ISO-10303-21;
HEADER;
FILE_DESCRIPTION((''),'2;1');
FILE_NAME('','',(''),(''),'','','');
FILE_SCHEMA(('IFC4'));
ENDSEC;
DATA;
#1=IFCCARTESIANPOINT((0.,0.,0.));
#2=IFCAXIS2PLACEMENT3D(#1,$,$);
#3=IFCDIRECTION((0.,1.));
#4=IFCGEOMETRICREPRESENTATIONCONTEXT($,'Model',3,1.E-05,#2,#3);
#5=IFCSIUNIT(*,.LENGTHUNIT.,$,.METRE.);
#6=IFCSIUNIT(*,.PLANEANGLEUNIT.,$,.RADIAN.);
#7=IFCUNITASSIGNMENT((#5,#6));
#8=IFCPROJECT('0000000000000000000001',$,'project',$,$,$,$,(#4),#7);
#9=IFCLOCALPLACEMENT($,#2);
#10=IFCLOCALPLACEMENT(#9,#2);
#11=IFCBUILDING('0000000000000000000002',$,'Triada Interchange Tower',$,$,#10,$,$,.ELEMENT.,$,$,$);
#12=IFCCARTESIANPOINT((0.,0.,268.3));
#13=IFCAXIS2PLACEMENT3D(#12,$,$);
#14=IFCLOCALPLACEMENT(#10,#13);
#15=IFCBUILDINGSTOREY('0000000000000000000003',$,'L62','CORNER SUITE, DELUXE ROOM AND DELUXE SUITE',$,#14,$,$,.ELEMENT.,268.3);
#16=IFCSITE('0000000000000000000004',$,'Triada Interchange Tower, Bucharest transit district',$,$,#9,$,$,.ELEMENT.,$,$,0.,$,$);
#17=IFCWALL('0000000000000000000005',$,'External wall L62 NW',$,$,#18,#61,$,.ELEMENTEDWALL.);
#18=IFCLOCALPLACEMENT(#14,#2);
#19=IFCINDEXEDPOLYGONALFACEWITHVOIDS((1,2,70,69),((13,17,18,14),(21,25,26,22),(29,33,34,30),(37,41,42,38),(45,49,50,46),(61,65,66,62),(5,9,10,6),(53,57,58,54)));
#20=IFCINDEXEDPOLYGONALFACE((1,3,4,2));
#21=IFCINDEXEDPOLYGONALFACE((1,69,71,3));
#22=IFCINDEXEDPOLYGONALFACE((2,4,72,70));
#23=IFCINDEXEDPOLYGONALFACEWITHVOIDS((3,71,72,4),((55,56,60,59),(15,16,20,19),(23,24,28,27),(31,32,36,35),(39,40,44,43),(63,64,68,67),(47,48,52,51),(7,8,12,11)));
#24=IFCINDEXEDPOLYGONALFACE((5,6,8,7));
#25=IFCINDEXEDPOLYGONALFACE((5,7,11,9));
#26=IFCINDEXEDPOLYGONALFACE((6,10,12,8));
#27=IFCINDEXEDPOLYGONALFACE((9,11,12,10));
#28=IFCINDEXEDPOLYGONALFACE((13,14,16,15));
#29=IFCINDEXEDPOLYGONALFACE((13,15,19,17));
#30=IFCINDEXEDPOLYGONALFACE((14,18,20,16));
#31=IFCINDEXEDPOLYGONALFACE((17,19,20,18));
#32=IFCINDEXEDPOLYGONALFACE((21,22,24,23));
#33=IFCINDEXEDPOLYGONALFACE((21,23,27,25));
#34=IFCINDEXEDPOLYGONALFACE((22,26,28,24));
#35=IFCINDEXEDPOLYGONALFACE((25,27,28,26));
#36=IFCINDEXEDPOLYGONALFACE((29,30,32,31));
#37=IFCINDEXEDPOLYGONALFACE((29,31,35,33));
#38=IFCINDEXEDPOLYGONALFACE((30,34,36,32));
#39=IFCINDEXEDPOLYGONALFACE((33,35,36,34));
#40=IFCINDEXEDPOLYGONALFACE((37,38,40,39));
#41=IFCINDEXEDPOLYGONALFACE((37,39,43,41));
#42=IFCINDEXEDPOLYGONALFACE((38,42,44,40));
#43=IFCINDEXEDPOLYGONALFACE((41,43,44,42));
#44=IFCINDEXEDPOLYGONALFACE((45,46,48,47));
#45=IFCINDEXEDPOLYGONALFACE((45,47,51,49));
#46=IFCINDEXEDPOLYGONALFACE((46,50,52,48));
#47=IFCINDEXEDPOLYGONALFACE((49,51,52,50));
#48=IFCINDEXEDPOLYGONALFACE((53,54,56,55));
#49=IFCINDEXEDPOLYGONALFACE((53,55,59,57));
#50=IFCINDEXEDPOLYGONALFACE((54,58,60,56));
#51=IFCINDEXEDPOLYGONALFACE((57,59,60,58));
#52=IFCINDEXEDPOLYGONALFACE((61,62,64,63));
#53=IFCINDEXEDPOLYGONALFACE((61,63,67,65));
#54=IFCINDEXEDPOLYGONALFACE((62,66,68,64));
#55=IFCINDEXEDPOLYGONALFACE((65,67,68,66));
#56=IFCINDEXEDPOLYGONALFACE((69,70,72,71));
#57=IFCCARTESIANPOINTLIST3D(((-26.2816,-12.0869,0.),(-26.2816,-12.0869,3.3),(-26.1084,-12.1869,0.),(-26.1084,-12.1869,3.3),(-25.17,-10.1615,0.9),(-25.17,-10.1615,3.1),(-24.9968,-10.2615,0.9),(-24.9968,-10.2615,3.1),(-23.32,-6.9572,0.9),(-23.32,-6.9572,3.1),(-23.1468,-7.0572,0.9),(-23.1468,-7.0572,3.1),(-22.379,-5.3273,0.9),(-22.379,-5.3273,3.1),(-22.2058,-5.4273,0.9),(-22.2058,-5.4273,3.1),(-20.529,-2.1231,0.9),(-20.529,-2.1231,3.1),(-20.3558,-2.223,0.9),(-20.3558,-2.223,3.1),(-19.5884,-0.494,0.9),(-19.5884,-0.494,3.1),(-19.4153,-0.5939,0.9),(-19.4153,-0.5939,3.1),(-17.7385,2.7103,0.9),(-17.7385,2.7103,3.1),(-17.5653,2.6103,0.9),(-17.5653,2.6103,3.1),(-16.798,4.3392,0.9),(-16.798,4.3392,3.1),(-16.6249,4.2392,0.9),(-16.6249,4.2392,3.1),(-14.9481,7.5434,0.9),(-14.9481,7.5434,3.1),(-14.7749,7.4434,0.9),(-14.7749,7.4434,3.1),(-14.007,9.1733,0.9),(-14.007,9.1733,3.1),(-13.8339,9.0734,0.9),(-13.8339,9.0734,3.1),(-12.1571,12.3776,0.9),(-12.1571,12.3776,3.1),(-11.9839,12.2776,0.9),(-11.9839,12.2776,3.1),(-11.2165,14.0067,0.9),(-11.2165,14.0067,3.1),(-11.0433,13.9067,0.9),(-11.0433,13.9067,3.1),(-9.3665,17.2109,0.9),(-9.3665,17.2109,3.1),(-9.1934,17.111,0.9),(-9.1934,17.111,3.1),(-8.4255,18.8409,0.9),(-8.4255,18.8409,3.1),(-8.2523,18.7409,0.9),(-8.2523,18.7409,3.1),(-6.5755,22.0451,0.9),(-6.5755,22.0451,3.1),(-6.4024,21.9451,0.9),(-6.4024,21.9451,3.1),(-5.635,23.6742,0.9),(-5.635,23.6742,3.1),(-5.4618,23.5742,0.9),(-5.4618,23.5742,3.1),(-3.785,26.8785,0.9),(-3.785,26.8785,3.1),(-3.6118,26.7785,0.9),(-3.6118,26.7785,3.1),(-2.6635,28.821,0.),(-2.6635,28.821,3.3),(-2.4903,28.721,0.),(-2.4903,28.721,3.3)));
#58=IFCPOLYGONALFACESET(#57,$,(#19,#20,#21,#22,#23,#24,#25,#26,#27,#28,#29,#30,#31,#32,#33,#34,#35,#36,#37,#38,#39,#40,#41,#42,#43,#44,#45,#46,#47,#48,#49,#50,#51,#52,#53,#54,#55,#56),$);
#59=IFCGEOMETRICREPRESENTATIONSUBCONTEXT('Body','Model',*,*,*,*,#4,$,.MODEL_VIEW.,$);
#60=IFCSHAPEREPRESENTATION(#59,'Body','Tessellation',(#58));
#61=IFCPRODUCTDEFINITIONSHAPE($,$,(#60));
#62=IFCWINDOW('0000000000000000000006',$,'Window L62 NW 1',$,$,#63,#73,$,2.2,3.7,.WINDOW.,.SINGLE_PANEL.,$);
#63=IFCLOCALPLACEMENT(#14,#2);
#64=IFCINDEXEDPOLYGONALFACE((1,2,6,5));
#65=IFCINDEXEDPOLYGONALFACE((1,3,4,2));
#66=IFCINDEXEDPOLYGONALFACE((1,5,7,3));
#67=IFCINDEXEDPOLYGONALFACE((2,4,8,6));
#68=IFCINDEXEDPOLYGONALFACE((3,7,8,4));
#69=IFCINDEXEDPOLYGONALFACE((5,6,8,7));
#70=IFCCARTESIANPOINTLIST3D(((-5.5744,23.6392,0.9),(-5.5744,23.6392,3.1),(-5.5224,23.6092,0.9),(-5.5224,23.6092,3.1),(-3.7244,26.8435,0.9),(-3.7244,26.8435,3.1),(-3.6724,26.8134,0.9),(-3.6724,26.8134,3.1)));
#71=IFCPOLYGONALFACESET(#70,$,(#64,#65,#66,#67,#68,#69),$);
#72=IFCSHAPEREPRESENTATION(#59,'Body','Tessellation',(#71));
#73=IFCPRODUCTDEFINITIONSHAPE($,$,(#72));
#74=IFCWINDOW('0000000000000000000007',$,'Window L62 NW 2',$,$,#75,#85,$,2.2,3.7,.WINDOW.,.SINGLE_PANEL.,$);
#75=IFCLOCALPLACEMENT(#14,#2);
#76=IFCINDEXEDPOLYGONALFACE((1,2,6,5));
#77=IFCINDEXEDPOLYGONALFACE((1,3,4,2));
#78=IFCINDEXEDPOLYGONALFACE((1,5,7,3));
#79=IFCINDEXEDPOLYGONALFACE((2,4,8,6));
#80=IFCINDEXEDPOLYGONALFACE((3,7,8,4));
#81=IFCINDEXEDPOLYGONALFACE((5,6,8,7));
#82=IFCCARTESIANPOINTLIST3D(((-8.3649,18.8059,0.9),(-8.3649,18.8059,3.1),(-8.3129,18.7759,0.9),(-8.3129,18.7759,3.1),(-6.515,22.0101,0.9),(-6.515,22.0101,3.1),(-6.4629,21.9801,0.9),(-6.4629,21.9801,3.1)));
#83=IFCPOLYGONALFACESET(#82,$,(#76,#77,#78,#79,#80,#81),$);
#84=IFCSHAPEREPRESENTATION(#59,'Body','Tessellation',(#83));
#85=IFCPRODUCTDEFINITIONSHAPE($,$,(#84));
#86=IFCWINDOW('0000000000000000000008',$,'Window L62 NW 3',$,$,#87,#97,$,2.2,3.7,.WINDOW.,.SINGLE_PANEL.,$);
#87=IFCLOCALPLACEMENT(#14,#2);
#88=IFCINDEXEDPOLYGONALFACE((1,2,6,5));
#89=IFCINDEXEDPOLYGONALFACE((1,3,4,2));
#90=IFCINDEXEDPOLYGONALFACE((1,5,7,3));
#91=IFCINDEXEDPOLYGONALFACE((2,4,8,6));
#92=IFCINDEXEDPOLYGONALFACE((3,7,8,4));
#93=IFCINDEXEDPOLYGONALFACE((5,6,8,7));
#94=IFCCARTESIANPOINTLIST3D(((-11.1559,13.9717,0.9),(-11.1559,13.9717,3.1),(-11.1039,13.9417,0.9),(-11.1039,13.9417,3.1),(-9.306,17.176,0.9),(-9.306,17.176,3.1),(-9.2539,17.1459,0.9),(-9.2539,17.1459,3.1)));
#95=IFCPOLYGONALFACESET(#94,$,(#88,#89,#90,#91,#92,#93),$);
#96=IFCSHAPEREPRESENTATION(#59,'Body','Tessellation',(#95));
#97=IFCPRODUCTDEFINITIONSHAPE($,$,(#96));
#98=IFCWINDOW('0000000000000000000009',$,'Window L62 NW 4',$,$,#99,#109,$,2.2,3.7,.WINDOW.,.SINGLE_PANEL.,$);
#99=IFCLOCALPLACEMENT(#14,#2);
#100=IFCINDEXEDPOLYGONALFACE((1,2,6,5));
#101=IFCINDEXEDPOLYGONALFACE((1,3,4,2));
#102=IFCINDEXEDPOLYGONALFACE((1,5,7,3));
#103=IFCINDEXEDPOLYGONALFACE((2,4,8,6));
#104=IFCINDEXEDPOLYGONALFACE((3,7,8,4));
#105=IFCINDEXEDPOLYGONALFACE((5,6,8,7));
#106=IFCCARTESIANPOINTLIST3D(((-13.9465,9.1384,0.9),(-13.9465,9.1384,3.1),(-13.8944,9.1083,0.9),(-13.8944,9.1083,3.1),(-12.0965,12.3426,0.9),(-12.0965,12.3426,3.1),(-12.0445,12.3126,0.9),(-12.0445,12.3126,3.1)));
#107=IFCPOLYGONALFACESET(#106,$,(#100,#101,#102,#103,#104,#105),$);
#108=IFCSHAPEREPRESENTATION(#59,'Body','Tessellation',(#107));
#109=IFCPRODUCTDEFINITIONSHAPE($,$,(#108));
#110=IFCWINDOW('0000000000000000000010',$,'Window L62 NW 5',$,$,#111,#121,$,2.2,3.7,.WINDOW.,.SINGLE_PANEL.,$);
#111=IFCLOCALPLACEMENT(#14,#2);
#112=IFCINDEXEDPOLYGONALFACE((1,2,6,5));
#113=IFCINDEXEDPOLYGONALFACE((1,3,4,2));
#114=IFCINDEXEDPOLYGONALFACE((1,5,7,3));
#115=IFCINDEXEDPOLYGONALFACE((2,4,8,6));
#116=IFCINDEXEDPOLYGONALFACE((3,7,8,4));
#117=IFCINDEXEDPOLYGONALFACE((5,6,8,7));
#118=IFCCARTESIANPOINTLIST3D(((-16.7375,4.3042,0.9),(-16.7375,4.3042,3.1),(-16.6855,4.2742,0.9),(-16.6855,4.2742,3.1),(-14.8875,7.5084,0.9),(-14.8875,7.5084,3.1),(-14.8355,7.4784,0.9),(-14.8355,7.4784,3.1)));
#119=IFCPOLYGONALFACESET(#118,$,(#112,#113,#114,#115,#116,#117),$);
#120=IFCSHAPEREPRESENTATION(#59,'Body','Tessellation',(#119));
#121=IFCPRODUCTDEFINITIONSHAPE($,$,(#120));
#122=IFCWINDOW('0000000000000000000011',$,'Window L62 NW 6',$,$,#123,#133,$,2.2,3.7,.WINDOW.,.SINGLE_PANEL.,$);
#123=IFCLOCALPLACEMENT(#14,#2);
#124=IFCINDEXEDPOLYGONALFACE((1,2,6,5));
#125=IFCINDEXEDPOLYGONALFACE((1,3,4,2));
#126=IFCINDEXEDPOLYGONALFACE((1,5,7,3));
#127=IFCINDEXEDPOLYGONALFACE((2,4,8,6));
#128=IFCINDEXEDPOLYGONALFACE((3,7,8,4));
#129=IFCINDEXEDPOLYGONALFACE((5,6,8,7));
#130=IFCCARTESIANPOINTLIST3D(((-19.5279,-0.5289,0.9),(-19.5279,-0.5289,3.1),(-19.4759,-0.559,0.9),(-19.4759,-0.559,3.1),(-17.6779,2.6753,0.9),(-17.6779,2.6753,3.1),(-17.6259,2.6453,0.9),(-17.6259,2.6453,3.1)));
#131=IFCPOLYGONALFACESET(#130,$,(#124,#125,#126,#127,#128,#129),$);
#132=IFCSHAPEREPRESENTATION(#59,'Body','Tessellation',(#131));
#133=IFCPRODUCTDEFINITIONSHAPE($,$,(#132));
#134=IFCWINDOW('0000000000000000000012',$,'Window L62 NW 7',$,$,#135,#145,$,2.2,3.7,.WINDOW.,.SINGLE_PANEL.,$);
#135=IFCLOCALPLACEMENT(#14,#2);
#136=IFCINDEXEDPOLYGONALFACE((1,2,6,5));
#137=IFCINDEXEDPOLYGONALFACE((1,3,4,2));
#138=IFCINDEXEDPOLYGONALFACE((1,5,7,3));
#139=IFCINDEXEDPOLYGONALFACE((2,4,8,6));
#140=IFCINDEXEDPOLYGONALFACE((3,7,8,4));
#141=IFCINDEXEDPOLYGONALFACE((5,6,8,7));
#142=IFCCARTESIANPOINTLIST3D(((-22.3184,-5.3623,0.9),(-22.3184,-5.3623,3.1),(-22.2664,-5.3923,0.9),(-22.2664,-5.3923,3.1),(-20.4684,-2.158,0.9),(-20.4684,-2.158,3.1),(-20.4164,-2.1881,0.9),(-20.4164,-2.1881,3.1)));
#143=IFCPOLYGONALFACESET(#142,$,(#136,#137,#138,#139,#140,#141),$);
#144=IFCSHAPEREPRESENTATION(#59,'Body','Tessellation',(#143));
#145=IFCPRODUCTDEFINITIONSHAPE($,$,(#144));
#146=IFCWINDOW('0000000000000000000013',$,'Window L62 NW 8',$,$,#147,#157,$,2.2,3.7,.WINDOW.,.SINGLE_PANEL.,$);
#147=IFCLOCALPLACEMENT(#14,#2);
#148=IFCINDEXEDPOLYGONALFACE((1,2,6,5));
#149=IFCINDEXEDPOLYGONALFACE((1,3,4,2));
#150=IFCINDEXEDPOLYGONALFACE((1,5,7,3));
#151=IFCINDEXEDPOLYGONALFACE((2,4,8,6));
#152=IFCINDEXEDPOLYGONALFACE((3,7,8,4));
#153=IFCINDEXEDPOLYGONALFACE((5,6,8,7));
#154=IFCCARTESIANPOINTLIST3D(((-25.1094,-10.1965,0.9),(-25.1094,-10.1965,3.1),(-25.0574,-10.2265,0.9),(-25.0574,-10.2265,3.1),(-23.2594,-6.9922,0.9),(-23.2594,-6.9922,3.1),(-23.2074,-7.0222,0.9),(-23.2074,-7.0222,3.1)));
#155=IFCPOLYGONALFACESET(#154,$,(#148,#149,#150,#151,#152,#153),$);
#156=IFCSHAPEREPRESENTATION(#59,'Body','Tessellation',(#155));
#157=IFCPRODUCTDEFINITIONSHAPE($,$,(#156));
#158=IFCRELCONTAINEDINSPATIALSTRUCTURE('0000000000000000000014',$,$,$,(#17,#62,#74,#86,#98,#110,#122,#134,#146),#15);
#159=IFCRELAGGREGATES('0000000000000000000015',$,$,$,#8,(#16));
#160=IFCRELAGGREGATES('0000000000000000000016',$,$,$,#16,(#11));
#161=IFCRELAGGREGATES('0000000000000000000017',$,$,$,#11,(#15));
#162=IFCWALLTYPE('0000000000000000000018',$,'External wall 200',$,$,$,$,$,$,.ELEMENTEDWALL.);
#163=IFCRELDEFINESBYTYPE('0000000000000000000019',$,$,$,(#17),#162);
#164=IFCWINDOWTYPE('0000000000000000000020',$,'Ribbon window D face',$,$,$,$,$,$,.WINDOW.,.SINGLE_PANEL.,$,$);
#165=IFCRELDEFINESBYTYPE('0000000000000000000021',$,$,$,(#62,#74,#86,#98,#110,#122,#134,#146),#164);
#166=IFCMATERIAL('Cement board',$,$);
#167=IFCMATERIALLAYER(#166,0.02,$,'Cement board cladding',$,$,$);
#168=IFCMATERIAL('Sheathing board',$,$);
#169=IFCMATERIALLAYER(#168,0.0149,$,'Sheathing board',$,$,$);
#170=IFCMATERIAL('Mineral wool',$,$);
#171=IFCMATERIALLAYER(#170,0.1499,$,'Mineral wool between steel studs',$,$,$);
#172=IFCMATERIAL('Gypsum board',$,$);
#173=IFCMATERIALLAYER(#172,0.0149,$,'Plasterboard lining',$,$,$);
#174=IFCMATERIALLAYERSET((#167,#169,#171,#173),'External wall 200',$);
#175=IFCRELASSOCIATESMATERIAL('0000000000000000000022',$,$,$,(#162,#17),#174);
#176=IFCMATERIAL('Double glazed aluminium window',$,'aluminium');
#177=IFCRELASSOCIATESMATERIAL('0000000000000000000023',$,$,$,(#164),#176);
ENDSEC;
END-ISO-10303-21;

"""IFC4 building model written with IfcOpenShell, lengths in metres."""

from ifc_helpers import new_model, si_unit, direction, frame, frame_2d, origin, place, context, subcontext, project, spatial, rectangle, extrude, material, layer, layer_set, layer_usage, type_object, element, fill, save


model = new_model("IFC4")

# Units and contexts
model_context = context("Model", 3, precision=1e-05, world=origin(), true_north=direction((0.0, 1.0)))
body_context = subcontext(model_context, "Body", "Model", "MODEL_VIEW")
ifc_project = project(units=[si_unit("LENGTHUNIT", "METRE"), si_unit("PLANEANGLEUNIT", "RADIAN")], contexts=[model_context])

# Site, building, storey
site_placement = place(None, origin())
site = spatial("IfcSite", under=ifc_project, at=site_placement, Name="Triada Interchange Tower, Bucharest transit district", CompositionType="ELEMENT", RefElevation=0.0)
building_placement = place(site_placement, origin())
building = spatial("IfcBuilding", under=site, at=building_placement, Name="Triada Interchange Tower", CompositionType="ELEMENT")
storey_placement = place(building_placement, frame((0.0, 0.0, 268.3)))
storey = spatial("IfcBuildingStorey", under=building, at=storey_placement, Name="L62", Description="CORNER SUITE, DELUXE ROOM AND DELUXE SUITE", CompositionType="ELEMENT", Elevation=268.3)

# Wall, openings, windows
ifc_material_1 = material(Name="Cement board")
ifc_layer_1 = layer(ifc_material_1, 0.02, Name="Cement board cladding")
ifc_material_2 = material(Name="Sheathing board")
ifc_layer_2 = layer(ifc_material_2, 0.0149, Name="Sheathing board")
ifc_material_3 = material(Name="Mineral wool")
ifc_layer_3 = layer(ifc_material_3, 0.1499, Name="Mineral wool between steel studs")
ifc_material_4 = material(Name="Gypsum board")
ifc_layer_4 = layer(ifc_material_4, 0.0149, Name="Plasterboard lining")
ifc_layer_set_1 = layer_set([ifc_layer_1, ifc_layer_2, ifc_layer_3, ifc_layer_4], Name="External wall 200")
ifc_layer_usage = layer_usage(ifc_layer_set_1, "AXIS2", "POSITIVE", -0.1001)
wall_type_1 = type_object("IfcWallType", Name="External wall 200", PredefinedType="ELEMENTEDWALL", material=ifc_layer_set_1)
wall_1_placement = place(storey_placement, frame((-2.5769, 28.771, 0.0), z_axis=(0.0, 0.0, 1.0), x_axis=(-0.499999, -0.866026, 0.0)))
wall_1 = element("IfcWall", 1, at=wall_1_placement, inside=storey, type_object=wall_type_1, material=ifc_layer_usage, Name="External wall L62 NW", PredefinedType="ELEMENTEDWALL", context=body_context, shape_type="SweptSolid", body=[
    extrude(rectangle(XDim=47.2363, YDim=0.2, at=frame_2d((23.6182, 0.0))), origin(), (0.0, 0.0, 1.0), 3.3),
])
opening_1_placement = place(wall_1_placement, frame((2.2429, 0.0, 0.8999)))
opening_1 = element("IfcOpeningElement", 2, at=opening_1_placement, cuts=wall_1, PredefinedType="OPENING", context=body_context, shape_type="SweptSolid", body=[
    extrude(rectangle(XDim=3.7, YDim=2.2, at=frame_2d((1.8501, 1.1001))), frame((0.0, 0.1099, 0.0), z_axis=(0.0, -1.0, 0.0), x_axis=(1.0, 0.0, 0.0)), (0.0, 0.0, 1.0), 0.22),
])
opening_2_placement = place(wall_1_placement, frame((7.824, 0.0, 0.8999)))
opening_2 = element("IfcOpeningElement", 3, at=opening_2_placement, cuts=wall_1, PredefinedType="OPENING", context=body_context, shape_type="SweptSolid", body=[
    extrude(rectangle(XDim=3.7, YDim=2.2, at=frame_2d((1.8501, 1.1001))), frame((0.0, 0.1099, 0.0), z_axis=(0.0, -1.0, 0.0), x_axis=(1.0, 0.0, 0.0)), (0.0, 0.0, 1.0), 0.22),
])
opening_3_placement = place(wall_1_placement, frame((13.406, 0.0, 0.8999)))
opening_3 = element("IfcOpeningElement", 4, at=opening_3_placement, cuts=wall_1, PredefinedType="OPENING", context=body_context, shape_type="SweptSolid", body=[
    extrude(rectangle(XDim=3.7, YDim=2.2, at=frame_2d((1.8501, 1.1001))), frame((0.0, 0.1099, 0.0), z_axis=(0.0, -1.0, 0.0), x_axis=(1.0, 0.0, 0.0)), (0.0, 0.0, 1.0), 0.22),
])
opening_4_placement = place(wall_1_placement, frame((18.9871, 0.0, 0.8999)))
opening_4 = element("IfcOpeningElement", 5, at=opening_4_placement, cuts=wall_1, PredefinedType="OPENING", context=body_context, shape_type="SweptSolid", body=[
    extrude(rectangle(XDim=3.7, YDim=2.2, at=frame_2d((1.8501, 1.1001))), frame((0.0, 0.1099, 0.0), z_axis=(0.0, -1.0, 0.0), x_axis=(1.0, 0.0, 0.0)), (0.0, 0.0, 1.0), 0.22),
])
opening_5_placement = place(wall_1_placement, frame((24.5691, 0.0, 0.8999)))
opening_5 = element("IfcOpeningElement", 6, at=opening_5_placement, cuts=wall_1, PredefinedType="OPENING", context=body_context, shape_type="SweptSolid", body=[
    extrude(rectangle(XDim=3.7, YDim=2.2, at=frame_2d((1.8501, 1.1001))), frame((0.0, 0.1099, 0.0), z_axis=(0.0, -1.0, 0.0), x_axis=(1.0, 0.0, 0.0)), (0.0, 0.0, 1.0), 0.22),
])
opening_6_placement = place(wall_1_placement, frame((30.1499, 0.0, 0.8999)))
opening_6 = element("IfcOpeningElement", 7, at=opening_6_placement, cuts=wall_1, PredefinedType="OPENING", context=body_context, shape_type="SweptSolid", body=[
    extrude(rectangle(XDim=3.7, YDim=2.2, at=frame_2d((1.8501, 1.1001))), frame((0.0, 0.1099, 0.0), z_axis=(0.0, -1.0, 0.0), x_axis=(1.0, 0.0, 0.0)), (0.0, 0.0, 1.0), 0.22),
])
opening_7_placement = place(wall_1_placement, frame((35.731, 0.0, 0.8999)))
opening_7 = element("IfcOpeningElement", 8, at=opening_7_placement, cuts=wall_1, PredefinedType="OPENING", context=body_context, shape_type="SweptSolid", body=[
    extrude(rectangle(XDim=3.7, YDim=2.2, at=frame_2d((1.8501, 1.1001))), frame((0.0, 0.1099, 0.0), z_axis=(0.0, -1.0, 0.0), x_axis=(1.0, 0.0, 0.0)), (0.0, 0.0, 1.0), 0.22),
])
opening_8_placement = place(wall_1_placement, frame((41.313, 0.0, 0.8999)))
opening_8 = element("IfcOpeningElement", 9, at=opening_8_placement, cuts=wall_1, PredefinedType="OPENING", context=body_context, shape_type="SweptSolid", body=[
    extrude(rectangle(XDim=3.7, YDim=2.2, at=frame_2d((1.8501, 1.1001))), frame((0.0, 0.1099, 0.0), z_axis=(0.0, -1.0, 0.0), x_axis=(1.0, 0.0, 0.0)), (0.0, 0.0, 1.0), 0.22),
])
ifc_material_5 = material(Name="Double glazed aluminium window", Category="aluminium")
window_type = type_object("IfcWindowType", Name="Ribbon window D face", PartitioningType="SINGLE_PANEL", PredefinedType="WINDOW", material=ifc_material_5)
window_1_placement = place(opening_1_placement, origin())
window_1 = element("IfcWindow", 10, at=window_1_placement, inside=storey, type_object=window_type, Name="Window L62 NW 1", OverallHeight=2.2, OverallWidth=3.7, PartitioningType="SINGLE_PANEL", PredefinedType="WINDOW", context=body_context, shape_type="SweptSolid", body=[
    extrude(rectangle(XDim=3.7, YDim=2.2, at=frame_2d((1.8501, 1.1001))), frame((0.0, 0.03, 0.0), z_axis=(0.0, -1.0, 0.0), x_axis=(1.0, 0.0, 0.0)), (0.0, 0.0, 1.0), 0.0601),
])
fill(opening_1, window_1)
window_2_placement = place(opening_2_placement, origin())
window_2 = element("IfcWindow", 11, at=window_2_placement, inside=storey, type_object=window_type, Name="Window L62 NW 2", OverallHeight=2.2, OverallWidth=3.7, PartitioningType="SINGLE_PANEL", PredefinedType="WINDOW", context=body_context, shape_type="SweptSolid", body=[
    extrude(rectangle(XDim=3.7, YDim=2.2, at=frame_2d((1.8501, 1.1001))), frame((0.0, 0.03, 0.0), z_axis=(0.0, -1.0, 0.0), x_axis=(1.0, 0.0, 0.0)), (0.0, 0.0, 1.0), 0.0601),
])
fill(opening_2, window_2)
window_3_placement = place(opening_3_placement, origin())
window_3 = element("IfcWindow", 12, at=window_3_placement, inside=storey, type_object=window_type, Name="Window L62 NW 3", OverallHeight=2.2, OverallWidth=3.7, PartitioningType="SINGLE_PANEL", PredefinedType="WINDOW", context=body_context, shape_type="SweptSolid", body=[
    extrude(rectangle(XDim=3.7, YDim=2.2, at=frame_2d((1.8501, 1.1001))), frame((0.0, 0.03, 0.0), z_axis=(0.0, -1.0, 0.0), x_axis=(1.0, 0.0, 0.0)), (0.0, 0.0, 1.0), 0.0601),
])
fill(opening_3, window_3)
window_4_placement = place(opening_4_placement, origin())
window_4 = element("IfcWindow", 13, at=window_4_placement, inside=storey, type_object=window_type, Name="Window L62 NW 4", OverallHeight=2.2, OverallWidth=3.7, PartitioningType="SINGLE_PANEL", PredefinedType="WINDOW", context=body_context, shape_type="SweptSolid", body=[
    extrude(rectangle(XDim=3.7, YDim=2.2, at=frame_2d((1.8501, 1.1001))), frame((0.0, 0.03, 0.0), z_axis=(0.0, -1.0, 0.0), x_axis=(1.0, 0.0, 0.0)), (0.0, 0.0, 1.0), 0.0601),
])
fill(opening_4, window_4)
window_5_placement = place(opening_5_placement, origin())
window_5 = element("IfcWindow", 14, at=window_5_placement, inside=storey, type_object=window_type, Name="Window L62 NW 5", OverallHeight=2.2, OverallWidth=3.7, PartitioningType="SINGLE_PANEL", PredefinedType="WINDOW", context=body_context, shape_type="SweptSolid", body=[
    extrude(rectangle(XDim=3.7, YDim=2.2, at=frame_2d((1.8501, 1.1001))), frame((0.0, 0.03, 0.0), z_axis=(0.0, -1.0, 0.0), x_axis=(1.0, 0.0, 0.0)), (0.0, 0.0, 1.0), 0.0601),
])
fill(opening_5, window_5)
window_6_placement = place(opening_6_placement, origin())
window_6 = element("IfcWindow", 15, at=window_6_placement, inside=storey, type_object=window_type, Name="Window L62 NW 6", OverallHeight=2.2, OverallWidth=3.7, PartitioningType="SINGLE_PANEL", PredefinedType="WINDOW", context=body_context, shape_type="SweptSolid", body=[
    extrude(rectangle(XDim=3.7, YDim=2.2, at=frame_2d((1.8501, 1.1001))), frame((0.0, 0.03, 0.0), z_axis=(0.0, -1.0, 0.0), x_axis=(1.0, 0.0, 0.0)), (0.0, 0.0, 1.0), 0.0601),
])
fill(opening_6, window_6)
window_7_placement = place(opening_7_placement, origin())
window_7 = element("IfcWindow", 16, at=window_7_placement, inside=storey, type_object=window_type, Name="Window L62 NW 7", OverallHeight=2.2, OverallWidth=3.7, PartitioningType="SINGLE_PANEL", PredefinedType="WINDOW", context=body_context, shape_type="SweptSolid", body=[
    extrude(rectangle(XDim=3.7, YDim=2.2, at=frame_2d((1.8501, 1.1001))), frame((0.0, 0.03, 0.0), z_axis=(0.0, -1.0, 0.0), x_axis=(1.0, 0.0, 0.0)), (0.0, 0.0, 1.0), 0.0601),
])
fill(opening_7, window_7)
window_8_placement = place(opening_8_placement, origin())
window_8 = element("IfcWindow", 17, at=window_8_placement, inside=storey, type_object=window_type, Name="Window L62 NW 8", OverallHeight=2.2, OverallWidth=3.7, PartitioningType="SINGLE_PANEL", PredefinedType="WINDOW", context=body_context, shape_type="SweptSolid", body=[
    extrude(rectangle(XDim=3.7, YDim=2.2, at=frame_2d((1.8501, 1.1001))), frame((0.0, 0.03, 0.0), z_axis=(0.0, -1.0, 0.0), x_axis=(1.0, 0.0, 0.0)), (0.0, 0.0, 1.0), 0.0601),
])
fill(opening_8, window_8)

save(model, "model.ifc")
